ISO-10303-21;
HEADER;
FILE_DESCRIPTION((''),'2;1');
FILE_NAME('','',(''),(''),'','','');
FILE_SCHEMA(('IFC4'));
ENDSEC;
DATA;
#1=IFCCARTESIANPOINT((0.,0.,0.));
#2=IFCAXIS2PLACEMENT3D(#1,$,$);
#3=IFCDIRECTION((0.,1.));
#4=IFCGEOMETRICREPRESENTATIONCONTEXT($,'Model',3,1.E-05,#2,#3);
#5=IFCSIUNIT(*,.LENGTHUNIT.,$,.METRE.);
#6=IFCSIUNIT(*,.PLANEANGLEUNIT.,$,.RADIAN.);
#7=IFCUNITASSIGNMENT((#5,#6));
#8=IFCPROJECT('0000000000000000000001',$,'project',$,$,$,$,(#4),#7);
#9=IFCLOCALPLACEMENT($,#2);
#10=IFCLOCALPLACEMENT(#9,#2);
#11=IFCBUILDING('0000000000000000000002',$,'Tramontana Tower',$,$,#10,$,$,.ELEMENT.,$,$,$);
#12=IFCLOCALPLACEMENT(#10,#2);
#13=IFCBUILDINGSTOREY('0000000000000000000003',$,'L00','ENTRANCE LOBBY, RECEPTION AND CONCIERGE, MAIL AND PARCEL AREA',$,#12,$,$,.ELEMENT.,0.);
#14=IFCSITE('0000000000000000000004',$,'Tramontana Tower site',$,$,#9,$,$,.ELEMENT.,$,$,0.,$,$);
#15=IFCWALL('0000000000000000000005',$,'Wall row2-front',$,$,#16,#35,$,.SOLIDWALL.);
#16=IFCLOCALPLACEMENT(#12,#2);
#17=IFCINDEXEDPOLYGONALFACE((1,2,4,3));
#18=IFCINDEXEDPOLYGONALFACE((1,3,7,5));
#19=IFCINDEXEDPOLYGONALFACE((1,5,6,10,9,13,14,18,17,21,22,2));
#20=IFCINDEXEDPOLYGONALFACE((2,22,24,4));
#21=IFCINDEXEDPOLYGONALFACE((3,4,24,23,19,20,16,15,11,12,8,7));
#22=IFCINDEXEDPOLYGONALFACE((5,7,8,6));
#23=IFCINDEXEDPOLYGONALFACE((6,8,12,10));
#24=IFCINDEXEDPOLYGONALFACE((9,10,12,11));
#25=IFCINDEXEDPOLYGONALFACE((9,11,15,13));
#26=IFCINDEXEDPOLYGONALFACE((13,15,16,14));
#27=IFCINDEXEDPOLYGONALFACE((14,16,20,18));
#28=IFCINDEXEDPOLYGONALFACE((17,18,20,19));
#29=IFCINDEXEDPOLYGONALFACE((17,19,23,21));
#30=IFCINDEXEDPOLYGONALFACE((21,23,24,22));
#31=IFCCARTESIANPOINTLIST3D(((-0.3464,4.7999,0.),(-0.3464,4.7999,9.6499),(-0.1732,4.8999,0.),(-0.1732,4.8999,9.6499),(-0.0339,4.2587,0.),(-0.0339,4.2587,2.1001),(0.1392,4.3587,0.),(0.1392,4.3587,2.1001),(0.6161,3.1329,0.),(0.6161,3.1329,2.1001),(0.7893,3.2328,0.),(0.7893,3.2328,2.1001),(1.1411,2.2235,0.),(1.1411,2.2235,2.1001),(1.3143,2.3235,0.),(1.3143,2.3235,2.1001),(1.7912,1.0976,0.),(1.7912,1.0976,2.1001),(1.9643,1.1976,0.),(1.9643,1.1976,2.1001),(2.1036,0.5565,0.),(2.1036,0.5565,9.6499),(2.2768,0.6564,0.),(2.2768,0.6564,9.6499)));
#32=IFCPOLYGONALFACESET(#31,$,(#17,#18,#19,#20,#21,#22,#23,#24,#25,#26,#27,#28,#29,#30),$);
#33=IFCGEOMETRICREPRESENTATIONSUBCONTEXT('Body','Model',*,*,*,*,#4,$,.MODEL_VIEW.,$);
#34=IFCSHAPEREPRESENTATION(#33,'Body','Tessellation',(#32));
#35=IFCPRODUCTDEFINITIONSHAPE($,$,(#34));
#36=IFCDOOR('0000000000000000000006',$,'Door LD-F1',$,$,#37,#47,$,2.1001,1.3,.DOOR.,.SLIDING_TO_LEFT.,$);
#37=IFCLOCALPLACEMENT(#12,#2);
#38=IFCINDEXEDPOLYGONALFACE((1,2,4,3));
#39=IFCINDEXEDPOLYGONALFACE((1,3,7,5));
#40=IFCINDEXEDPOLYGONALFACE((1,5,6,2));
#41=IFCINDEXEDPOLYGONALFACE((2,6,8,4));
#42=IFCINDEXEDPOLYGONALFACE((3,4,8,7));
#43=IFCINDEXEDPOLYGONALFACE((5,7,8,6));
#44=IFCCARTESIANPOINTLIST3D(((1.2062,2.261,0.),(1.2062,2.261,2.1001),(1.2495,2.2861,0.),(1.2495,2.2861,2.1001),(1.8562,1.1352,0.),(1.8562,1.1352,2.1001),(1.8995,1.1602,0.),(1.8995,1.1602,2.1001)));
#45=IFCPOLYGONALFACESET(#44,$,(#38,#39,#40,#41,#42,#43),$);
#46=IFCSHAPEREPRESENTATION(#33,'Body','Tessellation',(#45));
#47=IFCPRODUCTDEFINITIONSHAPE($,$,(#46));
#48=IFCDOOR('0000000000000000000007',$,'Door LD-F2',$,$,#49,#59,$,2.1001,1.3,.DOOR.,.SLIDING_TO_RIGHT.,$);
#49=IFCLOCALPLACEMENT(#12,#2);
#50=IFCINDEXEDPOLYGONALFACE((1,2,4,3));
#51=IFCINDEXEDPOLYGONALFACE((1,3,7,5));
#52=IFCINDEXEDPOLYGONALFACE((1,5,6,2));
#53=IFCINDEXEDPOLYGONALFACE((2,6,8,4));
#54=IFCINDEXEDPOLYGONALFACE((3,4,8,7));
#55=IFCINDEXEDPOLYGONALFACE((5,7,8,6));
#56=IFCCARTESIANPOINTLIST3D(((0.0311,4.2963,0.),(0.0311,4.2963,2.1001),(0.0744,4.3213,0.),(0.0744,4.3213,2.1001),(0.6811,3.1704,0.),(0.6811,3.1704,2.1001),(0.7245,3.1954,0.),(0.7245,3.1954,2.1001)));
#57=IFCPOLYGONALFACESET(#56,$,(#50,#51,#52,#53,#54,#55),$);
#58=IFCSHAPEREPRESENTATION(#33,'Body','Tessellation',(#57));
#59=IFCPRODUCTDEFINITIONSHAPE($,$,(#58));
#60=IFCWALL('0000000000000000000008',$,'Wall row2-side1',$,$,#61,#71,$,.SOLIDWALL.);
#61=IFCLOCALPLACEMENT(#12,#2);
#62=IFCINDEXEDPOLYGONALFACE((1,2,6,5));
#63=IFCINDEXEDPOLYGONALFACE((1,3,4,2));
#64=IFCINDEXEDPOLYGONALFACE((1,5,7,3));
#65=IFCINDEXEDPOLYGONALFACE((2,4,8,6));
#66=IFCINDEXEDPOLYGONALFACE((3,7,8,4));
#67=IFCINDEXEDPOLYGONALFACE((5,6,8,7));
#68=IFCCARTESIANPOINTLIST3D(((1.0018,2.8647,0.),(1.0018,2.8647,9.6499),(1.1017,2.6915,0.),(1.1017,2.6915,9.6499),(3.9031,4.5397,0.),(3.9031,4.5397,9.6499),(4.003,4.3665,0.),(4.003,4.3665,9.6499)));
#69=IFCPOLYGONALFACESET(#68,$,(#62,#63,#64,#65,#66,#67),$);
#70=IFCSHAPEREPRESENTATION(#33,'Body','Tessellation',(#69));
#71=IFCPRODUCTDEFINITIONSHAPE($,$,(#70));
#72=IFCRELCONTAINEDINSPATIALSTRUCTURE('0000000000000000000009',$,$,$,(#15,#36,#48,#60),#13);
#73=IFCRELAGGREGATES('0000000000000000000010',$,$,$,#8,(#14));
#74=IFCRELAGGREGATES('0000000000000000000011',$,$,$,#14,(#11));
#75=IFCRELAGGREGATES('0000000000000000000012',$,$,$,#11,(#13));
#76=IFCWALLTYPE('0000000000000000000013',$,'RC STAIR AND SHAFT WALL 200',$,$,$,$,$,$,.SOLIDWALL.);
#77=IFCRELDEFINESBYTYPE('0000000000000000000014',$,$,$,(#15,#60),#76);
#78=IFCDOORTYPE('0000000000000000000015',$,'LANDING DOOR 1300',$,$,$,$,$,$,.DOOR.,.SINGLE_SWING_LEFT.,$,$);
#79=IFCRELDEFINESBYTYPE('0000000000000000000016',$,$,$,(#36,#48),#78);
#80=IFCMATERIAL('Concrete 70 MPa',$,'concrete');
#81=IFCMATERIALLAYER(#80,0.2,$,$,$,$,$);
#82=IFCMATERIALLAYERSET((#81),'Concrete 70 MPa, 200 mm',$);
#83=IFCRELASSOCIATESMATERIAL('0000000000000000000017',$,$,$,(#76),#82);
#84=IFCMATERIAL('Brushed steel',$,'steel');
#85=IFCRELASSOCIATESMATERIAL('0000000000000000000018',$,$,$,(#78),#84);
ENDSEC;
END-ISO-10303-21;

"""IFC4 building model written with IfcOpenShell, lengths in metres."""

from ifc_helpers import new_model, si_unit, direction, frame, frame_2d, origin, place, context, subcontext, project, spatial, rectangle, extrude, material, layer, layer_set, type_object, element, fill, save


model = new_model("IFC4")

# Units and contexts
model_context = context("Model", 3, precision=1e-05, world=origin(), true_north=direction((0.0, 1.0)))
body_context = subcontext(model_context, "Body", "Model", "MODEL_VIEW")
ifc_project = project(units=[si_unit("LENGTHUNIT", "METRE"), si_unit("PLANEANGLEUNIT", "RADIAN")], contexts=[model_context])

# Site, building, storey
site_placement = place(None, origin())
site = spatial("IfcSite", under=ifc_project, at=site_placement, Name="Tramontana Tower site", CompositionType="ELEMENT", RefElevation=0.0)
building_placement = place(site_placement, origin())
building = spatial("IfcBuilding", under=site, at=building_placement, Name="Tramontana Tower", CompositionType="ELEMENT")
storey_placement = place(building_placement, origin())
storey = spatial("IfcBuildingStorey", under=building, at=storey_placement, Name="L00", Description="ENTRANCE LOBBY, RECEPTION AND CONCIERGE, MAIL AND PARCEL AREA", CompositionType="ELEMENT", Elevation=0.0)

# Wall, openings, doors
ifc_material_1 = material(Name="Concrete 70 MPa", Category="concrete")
ifc_layer_1 = layer(ifc_material_1, 0.2)
ifc_layer_set_1 = layer_set([ifc_layer_1], Name="Concrete 70 MPa, 200 mm")
wall_type = type_object("IfcWallType", Name="RC STAIR AND SHAFT WALL 200", PredefinedType="SOLIDWALL", material=ifc_layer_set_1)
wall_1_placement = place(storey_placement, frame((2.1902, 0.6064, 0.0), z_axis=(0.0, 0.0, 1.0), x_axis=(-0.500003, 0.866024, 0.0)))
wall_1 = element("IfcWall", 1, at=wall_1_placement, inside=storey, type_object=wall_type, Name="Wall row2-front", PredefinedType="SOLIDWALL", context=body_context, shape_type="SweptSolid", body=[
    extrude(rectangle(XDim=4.8999, YDim=0.2, at=frame_2d((2.45, 0.0))), origin(), (0.0, 0.0, 1.0), 9.6499),
])
opening_1_placement = place(wall_1_placement, frame((0.625, 0.0, 0.0)))
opening_1 = element("IfcOpeningElement", 2, at=opening_1_placement, cuts=wall_1, PredefinedType="OPENING", context=body_context, shape_type="SweptSolid", body=[
    extrude(rectangle(XDim=1.3, YDim=2.1001, at=frame_2d((0.6499, 1.05))), frame((0.0, 0.1099, 0.0), z_axis=(0.0, -1.0, 0.0), x_axis=(1.0, 0.0, 0.0)), (0.0, 0.0, 1.0), 0.22),
])
opening_2_placement = place(wall_1_placement, frame((2.9751, 0.0, 0.0)))
opening_2 = element("IfcOpeningElement", 3, at=opening_2_placement, cuts=wall_1, PredefinedType="OPENING", context=body_context, shape_type="SweptSolid", body=[
    extrude(rectangle(XDim=1.3, YDim=2.1001, at=frame_2d((0.6499, 1.05))), frame((0.0, 0.1099, 0.0), z_axis=(0.0, -1.0, 0.0), x_axis=(1.0, 0.0, 0.0)), (0.0, 0.0, 1.0), 0.22),
])
ifc_material_2 = material(Name="Brushed steel", Category="steel")
door_type = type_object("IfcDoorType", Name="LANDING DOOR 1300", OperationType="SINGLE_SWING_LEFT", PredefinedType="DOOR", material=ifc_material_2)
door_1_placement = place(opening_1_placement, origin())
door_1 = element("IfcDoor", 4, at=door_1_placement, inside=storey, type_object=door_type, Name="Door LD-F1", OperationType="SLIDING_TO_LEFT", OverallHeight=2.1001, OverallWidth=1.3, PredefinedType="DOOR", context=body_context, shape_type="SweptSolid", body=[
    extrude(rectangle(XDim=1.3, YDim=2.1001, at=frame_2d((0.6499, 1.05))), frame((0.0, 0.0249, 0.0), z_axis=(0.0, -1.0, 0.0), x_axis=(1.0, 0.0, 0.0)), (0.0, 0.0, 1.0), 0.05),
])
fill(opening_1, door_1)
door_2_placement = place(opening_2_placement, origin())
door_2 = element("IfcDoor", 5, at=door_2_placement, inside=storey, type_object=door_type, Name="Door LD-F2", OperationType="SLIDING_TO_RIGHT", OverallHeight=2.1001, OverallWidth=1.3, PredefinedType="DOOR", context=body_context, shape_type="SweptSolid", body=[
    extrude(rectangle(XDim=1.3, YDim=2.1001, at=frame_2d((0.6499, 1.05))), frame((0.0, 0.0249, 0.0), z_axis=(0.0, -1.0, 0.0), x_axis=(1.0, 0.0, 0.0)), (0.0, 0.0, 1.0), 0.05),
])
fill(opening_2, door_2)

# Wall
wall_2_placement = place(storey_placement, frame((1.0518, 2.7781, 0.0), z_axis=(0.0, 0.0, 1.0), x_axis=(0.866033, 0.499987, 0.0)))
element("IfcWall", 6, at=wall_2_placement, inside=storey, type_object=wall_type, Name="Wall row2-side1", PredefinedType="SOLIDWALL", context=body_context, shape_type="SweptSolid", body=[
    extrude(rectangle(XDim=3.3501, YDim=0.2, at=frame_2d((1.675, 0.0))), origin(), (0.0, 0.0, 1.0), 9.6499),
])

save(model, "model.ifc")
